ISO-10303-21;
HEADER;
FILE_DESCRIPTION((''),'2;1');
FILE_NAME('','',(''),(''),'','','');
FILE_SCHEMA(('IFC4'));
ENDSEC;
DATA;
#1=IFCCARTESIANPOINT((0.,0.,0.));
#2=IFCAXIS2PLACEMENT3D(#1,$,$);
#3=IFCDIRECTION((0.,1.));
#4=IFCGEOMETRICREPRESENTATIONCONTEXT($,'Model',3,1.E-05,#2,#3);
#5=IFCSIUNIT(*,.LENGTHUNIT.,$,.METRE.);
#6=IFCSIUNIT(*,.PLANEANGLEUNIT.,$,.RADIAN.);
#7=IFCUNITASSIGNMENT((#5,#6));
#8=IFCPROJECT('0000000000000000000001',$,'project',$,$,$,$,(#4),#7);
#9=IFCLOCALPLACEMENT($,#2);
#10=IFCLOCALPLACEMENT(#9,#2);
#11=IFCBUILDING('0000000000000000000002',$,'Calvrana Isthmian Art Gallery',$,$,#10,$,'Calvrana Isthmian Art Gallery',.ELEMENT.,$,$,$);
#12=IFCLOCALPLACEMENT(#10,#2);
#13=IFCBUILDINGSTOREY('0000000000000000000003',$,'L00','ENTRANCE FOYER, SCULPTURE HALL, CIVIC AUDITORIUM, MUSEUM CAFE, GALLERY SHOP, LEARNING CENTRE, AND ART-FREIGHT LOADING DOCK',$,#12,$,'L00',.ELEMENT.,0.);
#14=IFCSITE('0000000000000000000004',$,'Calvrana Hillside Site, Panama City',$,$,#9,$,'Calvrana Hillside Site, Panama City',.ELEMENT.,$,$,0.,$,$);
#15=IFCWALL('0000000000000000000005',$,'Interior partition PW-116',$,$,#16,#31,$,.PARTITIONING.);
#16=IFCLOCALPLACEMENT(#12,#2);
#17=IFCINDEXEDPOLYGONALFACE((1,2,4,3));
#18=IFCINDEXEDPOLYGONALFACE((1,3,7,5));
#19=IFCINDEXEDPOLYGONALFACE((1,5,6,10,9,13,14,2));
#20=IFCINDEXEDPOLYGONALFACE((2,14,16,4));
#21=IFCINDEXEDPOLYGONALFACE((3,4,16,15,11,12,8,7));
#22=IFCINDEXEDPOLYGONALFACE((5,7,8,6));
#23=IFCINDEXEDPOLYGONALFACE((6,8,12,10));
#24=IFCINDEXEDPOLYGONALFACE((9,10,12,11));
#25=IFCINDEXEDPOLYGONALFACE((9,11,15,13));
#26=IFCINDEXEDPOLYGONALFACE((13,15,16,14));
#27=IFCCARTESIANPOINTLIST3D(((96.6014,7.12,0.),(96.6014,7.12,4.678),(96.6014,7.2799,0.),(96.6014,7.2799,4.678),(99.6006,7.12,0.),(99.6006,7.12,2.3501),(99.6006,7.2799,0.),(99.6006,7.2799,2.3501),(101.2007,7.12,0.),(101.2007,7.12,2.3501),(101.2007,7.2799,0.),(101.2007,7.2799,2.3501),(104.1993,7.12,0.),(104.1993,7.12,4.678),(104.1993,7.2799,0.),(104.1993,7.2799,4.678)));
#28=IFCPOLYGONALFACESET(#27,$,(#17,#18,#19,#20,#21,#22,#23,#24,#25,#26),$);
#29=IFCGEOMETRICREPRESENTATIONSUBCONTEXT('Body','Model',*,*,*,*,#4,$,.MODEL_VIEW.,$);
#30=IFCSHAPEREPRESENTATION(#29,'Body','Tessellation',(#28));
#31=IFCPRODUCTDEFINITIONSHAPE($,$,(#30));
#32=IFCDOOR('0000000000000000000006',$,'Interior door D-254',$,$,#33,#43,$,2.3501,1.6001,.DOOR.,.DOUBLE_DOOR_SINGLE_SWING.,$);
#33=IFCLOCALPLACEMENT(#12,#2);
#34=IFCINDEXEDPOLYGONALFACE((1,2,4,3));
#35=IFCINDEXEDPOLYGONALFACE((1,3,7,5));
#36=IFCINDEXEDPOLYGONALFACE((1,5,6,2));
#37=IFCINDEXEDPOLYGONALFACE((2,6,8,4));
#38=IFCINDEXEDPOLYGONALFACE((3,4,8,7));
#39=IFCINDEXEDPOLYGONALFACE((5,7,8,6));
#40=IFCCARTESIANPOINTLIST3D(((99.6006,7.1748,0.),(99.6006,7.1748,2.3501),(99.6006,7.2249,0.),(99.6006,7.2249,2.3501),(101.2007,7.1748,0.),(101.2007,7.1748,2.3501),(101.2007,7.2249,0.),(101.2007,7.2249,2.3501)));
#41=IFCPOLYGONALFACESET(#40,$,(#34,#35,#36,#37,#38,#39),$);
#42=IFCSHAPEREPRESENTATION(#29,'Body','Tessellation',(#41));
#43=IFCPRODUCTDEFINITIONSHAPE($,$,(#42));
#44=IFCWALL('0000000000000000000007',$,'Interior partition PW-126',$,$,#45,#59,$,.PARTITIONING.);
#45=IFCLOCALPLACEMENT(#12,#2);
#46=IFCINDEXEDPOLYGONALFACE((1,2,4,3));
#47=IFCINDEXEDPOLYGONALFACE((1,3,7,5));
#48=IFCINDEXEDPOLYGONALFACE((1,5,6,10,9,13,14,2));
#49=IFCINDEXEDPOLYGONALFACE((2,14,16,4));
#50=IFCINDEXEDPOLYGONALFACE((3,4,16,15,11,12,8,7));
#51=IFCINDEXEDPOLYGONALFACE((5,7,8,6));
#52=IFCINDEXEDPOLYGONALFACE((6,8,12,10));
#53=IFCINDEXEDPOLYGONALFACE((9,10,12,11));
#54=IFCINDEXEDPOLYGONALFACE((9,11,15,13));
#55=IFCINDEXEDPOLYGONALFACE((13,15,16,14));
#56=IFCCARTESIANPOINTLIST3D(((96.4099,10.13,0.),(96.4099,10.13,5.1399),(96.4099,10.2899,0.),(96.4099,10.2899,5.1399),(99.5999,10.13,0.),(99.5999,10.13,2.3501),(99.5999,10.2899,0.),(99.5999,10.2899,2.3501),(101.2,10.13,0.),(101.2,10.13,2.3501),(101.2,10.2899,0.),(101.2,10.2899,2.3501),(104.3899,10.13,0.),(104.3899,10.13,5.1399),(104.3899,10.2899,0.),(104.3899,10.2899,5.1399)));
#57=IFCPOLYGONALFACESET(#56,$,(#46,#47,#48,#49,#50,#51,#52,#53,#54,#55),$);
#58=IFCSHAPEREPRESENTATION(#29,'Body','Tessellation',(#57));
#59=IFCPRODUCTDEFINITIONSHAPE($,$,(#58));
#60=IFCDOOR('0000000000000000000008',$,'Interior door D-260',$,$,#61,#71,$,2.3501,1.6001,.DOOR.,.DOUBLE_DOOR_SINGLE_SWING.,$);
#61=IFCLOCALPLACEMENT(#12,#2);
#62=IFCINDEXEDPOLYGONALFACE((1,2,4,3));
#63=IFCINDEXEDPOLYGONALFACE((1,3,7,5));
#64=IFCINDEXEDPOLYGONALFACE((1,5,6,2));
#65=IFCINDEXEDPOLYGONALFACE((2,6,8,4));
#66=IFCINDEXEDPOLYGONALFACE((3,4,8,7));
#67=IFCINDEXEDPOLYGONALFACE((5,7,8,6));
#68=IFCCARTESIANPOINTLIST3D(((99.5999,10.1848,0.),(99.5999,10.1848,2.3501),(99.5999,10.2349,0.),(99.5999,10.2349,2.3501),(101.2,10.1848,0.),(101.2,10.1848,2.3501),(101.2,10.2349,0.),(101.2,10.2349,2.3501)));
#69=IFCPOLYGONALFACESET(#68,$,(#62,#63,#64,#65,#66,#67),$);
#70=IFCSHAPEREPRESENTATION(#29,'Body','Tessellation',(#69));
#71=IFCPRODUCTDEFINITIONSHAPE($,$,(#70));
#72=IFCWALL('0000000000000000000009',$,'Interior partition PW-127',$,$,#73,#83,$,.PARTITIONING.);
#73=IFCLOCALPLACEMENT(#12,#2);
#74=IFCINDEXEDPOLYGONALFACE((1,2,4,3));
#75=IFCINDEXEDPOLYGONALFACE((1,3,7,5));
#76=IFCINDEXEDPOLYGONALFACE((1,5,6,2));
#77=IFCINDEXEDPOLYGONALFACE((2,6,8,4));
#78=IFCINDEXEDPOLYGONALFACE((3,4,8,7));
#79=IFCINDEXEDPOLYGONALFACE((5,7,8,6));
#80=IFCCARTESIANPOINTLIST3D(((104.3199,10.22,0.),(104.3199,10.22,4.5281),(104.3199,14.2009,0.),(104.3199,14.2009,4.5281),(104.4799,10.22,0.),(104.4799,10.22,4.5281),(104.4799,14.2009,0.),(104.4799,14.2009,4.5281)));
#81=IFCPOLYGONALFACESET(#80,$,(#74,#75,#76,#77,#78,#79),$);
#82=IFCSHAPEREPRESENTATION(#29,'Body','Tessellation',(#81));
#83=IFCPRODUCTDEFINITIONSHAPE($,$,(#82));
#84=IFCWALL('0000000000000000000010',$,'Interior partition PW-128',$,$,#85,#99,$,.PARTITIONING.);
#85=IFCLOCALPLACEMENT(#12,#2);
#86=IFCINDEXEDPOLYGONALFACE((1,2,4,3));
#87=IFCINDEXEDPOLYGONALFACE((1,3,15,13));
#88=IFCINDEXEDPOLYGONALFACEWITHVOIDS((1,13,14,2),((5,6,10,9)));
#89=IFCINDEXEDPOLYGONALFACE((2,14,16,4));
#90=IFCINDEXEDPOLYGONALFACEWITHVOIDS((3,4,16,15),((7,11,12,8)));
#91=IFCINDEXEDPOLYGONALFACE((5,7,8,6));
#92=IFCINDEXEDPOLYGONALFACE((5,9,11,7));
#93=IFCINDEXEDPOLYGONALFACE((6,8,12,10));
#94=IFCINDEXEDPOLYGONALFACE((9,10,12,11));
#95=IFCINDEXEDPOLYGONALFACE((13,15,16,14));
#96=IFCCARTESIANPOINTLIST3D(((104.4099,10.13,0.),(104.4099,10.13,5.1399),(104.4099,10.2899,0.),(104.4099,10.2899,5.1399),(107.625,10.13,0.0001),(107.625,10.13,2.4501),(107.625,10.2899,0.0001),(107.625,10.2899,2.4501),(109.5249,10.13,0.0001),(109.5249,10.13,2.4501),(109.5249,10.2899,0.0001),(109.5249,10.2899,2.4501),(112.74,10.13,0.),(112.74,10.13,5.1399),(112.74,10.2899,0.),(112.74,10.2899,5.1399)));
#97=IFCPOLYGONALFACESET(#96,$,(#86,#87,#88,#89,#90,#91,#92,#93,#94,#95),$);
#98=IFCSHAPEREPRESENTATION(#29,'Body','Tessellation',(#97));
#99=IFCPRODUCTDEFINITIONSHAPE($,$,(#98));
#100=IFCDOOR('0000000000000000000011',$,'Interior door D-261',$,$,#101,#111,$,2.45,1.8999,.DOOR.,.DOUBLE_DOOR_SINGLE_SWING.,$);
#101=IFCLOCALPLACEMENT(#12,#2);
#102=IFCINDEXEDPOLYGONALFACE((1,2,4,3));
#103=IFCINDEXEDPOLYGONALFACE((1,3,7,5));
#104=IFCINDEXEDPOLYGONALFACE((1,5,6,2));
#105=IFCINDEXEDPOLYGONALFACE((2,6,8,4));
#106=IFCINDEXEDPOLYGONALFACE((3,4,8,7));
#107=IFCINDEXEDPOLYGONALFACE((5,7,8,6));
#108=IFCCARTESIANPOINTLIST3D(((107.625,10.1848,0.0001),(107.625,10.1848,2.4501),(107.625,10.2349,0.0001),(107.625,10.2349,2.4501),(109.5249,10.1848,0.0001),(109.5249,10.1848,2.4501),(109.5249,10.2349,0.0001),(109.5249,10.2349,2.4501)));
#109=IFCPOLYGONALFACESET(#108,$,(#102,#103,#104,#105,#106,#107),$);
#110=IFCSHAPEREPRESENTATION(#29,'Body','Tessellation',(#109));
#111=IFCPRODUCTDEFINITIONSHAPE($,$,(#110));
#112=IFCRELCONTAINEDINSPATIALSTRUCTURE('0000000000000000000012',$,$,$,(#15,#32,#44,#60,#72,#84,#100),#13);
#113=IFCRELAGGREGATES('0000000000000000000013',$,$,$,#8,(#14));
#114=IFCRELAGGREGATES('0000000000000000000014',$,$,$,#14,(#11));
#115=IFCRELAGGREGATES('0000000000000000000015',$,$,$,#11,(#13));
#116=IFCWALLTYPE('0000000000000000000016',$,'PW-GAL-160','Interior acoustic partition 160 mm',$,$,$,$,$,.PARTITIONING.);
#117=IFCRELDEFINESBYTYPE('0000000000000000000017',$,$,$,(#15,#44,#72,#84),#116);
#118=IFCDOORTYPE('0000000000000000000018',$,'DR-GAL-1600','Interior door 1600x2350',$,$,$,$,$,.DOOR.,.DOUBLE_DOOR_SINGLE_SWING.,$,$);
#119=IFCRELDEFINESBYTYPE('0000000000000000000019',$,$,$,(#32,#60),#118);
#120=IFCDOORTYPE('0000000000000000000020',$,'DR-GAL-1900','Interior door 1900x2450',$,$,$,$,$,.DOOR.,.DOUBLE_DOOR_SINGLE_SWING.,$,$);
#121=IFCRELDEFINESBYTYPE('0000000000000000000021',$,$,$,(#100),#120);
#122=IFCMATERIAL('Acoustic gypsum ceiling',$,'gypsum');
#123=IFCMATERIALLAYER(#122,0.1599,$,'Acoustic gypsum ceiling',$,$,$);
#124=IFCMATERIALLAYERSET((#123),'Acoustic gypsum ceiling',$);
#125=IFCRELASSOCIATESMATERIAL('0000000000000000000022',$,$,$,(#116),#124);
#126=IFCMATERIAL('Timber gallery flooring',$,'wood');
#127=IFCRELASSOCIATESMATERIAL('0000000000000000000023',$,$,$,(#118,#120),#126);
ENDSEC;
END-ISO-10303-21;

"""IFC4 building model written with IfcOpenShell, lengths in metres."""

from ifc_helpers import new_model, si_unit, direction, frame, frame_2d, origin, place, context, subcontext, project, spatial, rectangle, extrude, material, layer, layer_set, type_object, element, fill, save


model = new_model("IFC4")

# Units and contexts
model_context = context("Model", 3, precision=1e-05, world=origin(), true_north=direction((0.0, 1.0)))
body_context = subcontext(model_context, "Body", "Model", "MODEL_VIEW")
ifc_project = project(units=[si_unit("LENGTHUNIT", "METRE"), si_unit("PLANEANGLEUNIT", "RADIAN")], contexts=[model_context])

# Site, building, storey
site_placement = place(None, origin())
site = spatial("IfcSite", under=ifc_project, at=site_placement, Name="Calvrana Hillside Site, Panama City", LongName="Calvrana Hillside Site, Panama City", CompositionType="ELEMENT", RefElevation=0.0)
building_placement = place(site_placement, origin())
building = spatial("IfcBuilding", under=site, at=building_placement, Name="Calvrana Isthmian Art Gallery", LongName="Calvrana Isthmian Art Gallery", CompositionType="ELEMENT")
storey_placement = place(building_placement, origin())
storey = spatial("IfcBuildingStorey", under=building, at=storey_placement, Name="L00", Description="ENTRANCE FOYER, SCULPTURE HALL, CIVIC AUDITORIUM, MUSEUM CAFE, GALLERY SHOP, LEARNING CENTRE, AND ART-FREIGHT LOADING DOCK", LongName="L00", CompositionType="ELEMENT", Elevation=0.0)

# Walls, openings, doors
ifc_material_1 = material(Name="Acoustic gypsum ceiling", Category="gypsum")
ifc_layer_1 = layer(ifc_material_1, 0.1599, Name="Acoustic gypsum ceiling")
ifc_layer_set_1 = layer_set([ifc_layer_1], Name="Acoustic gypsum ceiling")
wall_type = type_object("IfcWallType", Name="PW-GAL-160", Description="Interior acoustic partition 160 mm", PredefinedType="PARTITIONING", material=ifc_layer_set_1)
wall_1_placement = place(storey_placement, frame((96.6016, 7.2, 0.0), z_axis=(0.0, 0.0, 1.0), x_axis=(1.0, 0.0, 0.0)))
wall_1 = element("IfcWall", 1, at=wall_1_placement, inside=storey, type_object=wall_type, Name="Interior partition PW-116", PredefinedType="PARTITIONING", context=body_context, shape_type="SweptSolid", body=[
    extrude(rectangle(XDim=7.5979, YDim=0.1599, at=frame_2d((3.7988, 0.0))), origin(), (0.0, 0.0, 1.0), 4.678),
])
opening_1_placement = place(wall_1_placement, frame((2.999, 0.0, 0.0)))
opening_1 = element("IfcOpeningElement", 2, at=opening_1_placement, cuts=wall_1, PredefinedType="OPENING", context=body_context, shape_type="SweptSolid", body=[
    extrude(rectangle(XDim=1.6001, YDim=2.3501, at=frame_2d((0.8, 1.175))), frame((0.0, 0.0903, 0.0), z_axis=(0.0, -1.0, 0.0), x_axis=(1.0, 0.0, 0.0)), (0.0, 0.0, 1.0), 0.1804),
])
ifc_material_2 = material(Name="Timber gallery flooring", Category="wood")
door_type_1 = type_object("IfcDoorType", Name="DR-GAL-1600", Description="Interior door 1600x2350", OperationType="DOUBLE_DOOR_SINGLE_SWING", PredefinedType="DOOR", material=ifc_material_2)
door_1_placement = place(opening_1_placement, origin())
door_1 = element("IfcDoor", 3, at=door_1_placement, inside=storey, type_object=door_type_1, Name="Interior door D-254", OperationType="DOUBLE_DOOR_SINGLE_SWING", OverallHeight=2.3501, OverallWidth=1.6001, PredefinedType="DOOR", context=body_context, shape_type="SweptSolid", body=[
    extrude(rectangle(XDim=1.6001, YDim=2.3501, at=frame_2d((0.8, 1.175))), frame((0.0, 0.0249, 0.0), z_axis=(0.0, -1.0, 0.0), x_axis=(1.0, 0.0, 0.0)), (0.0, 0.0, 1.0), 0.05),
])
fill(opening_1, door_1)
wall_2_placement = place(storey_placement, frame((96.4099, 10.21, 0.0), z_axis=(0.0, 0.0, 1.0), x_axis=(1.0, 0.0, 0.0)))
wall_2 = element("IfcWall", 4, at=wall_2_placement, inside=storey, type_object=wall_type, Name="Interior partition PW-126", PredefinedType="PARTITIONING", context=body_context, shape_type="SweptSolid", body=[
    extrude(rectangle(XDim=7.98, YDim=0.1599, at=frame_2d((3.99, 0.0))), origin(), (0.0, 0.0, 1.0), 5.1399),
])
opening_2_placement = place(wall_2_placement, frame((3.1899, 0.0, 0.0)))
opening_2 = element("IfcOpeningElement", 5, at=opening_2_placement, cuts=wall_2, PredefinedType="OPENING", context=body_context, shape_type="SweptSolid", body=[
    extrude(rectangle(XDim=1.6001, YDim=2.3501, at=frame_2d((0.8, 1.175))), frame((0.0, 0.0903, 0.0), z_axis=(0.0, -1.0, 0.0), x_axis=(1.0, 0.0, 0.0)), (0.0, 0.0, 1.0), 0.1804),
])
door_2_placement = place(opening_2_placement, origin())
door_2 = element("IfcDoor", 6, at=door_2_placement, inside=storey, type_object=door_type_1, Name="Interior door D-260", OperationType="DOUBLE_DOOR_SINGLE_SWING", OverallHeight=2.3501, OverallWidth=1.6001, PredefinedType="DOOR", context=body_context, shape_type="SweptSolid", body=[
    extrude(rectangle(XDim=1.6001, YDim=2.3501, at=frame_2d((0.8, 1.175))), frame((0.0, 0.0249, 0.0), z_axis=(0.0, -1.0, 0.0), x_axis=(1.0, 0.0, 0.0)), (0.0, 0.0, 1.0), 0.05),
])
fill(opening_2, door_2)

# Wall
wall_3_placement = place(storey_placement, frame((104.3999, 10.22, 0.0), z_axis=(0.0, 0.0, 1.0), x_axis=(0.0, 1.0, 0.0)))
element("IfcWall", 7, at=wall_3_placement, inside=storey, type_object=wall_type, Name="Interior partition PW-127", PredefinedType="PARTITIONING", context=body_context, shape_type="SweptSolid", body=[
    extrude(rectangle(XDim=3.981, YDim=0.1599, at=frame_2d((1.9905, 0.0))), origin(), (0.0, 0.0, 1.0), 4.5281),
])

# Wall, opening, door
wall_4_placement = place(storey_placement, frame((104.4099, 10.21, 0.0), z_axis=(0.0, 0.0, 1.0), x_axis=(1.0, 0.0, 0.0)))
wall_4 = element("IfcWall", 8, at=wall_4_placement, inside=storey, type_object=wall_type, Name="Interior partition PW-128", PredefinedType="PARTITIONING", context=body_context, shape_type="SweptSolid", body=[
    extrude(rectangle(XDim=8.3301, YDim=0.1599, at=frame_2d((4.165, 0.0))), origin(), (0.0, 0.0, 1.0), 5.1399),
])
opening_3_placement = place(wall_4_placement, frame((3.2151, 0.0, 0.0)))
opening_3 = element("IfcOpeningElement", 9, at=opening_3_placement, cuts=wall_4, PredefinedType="OPENING", context=body_context, shape_type="SweptSolid", body=[
    extrude(rectangle(XDim=1.8999, YDim=2.45, at=frame_2d((0.95, 1.2251))), frame((0.0, 0.0903, 0.0), z_axis=(0.0, -1.0, 0.0), x_axis=(1.0, 0.0, 0.0)), (0.0, 0.0, 1.0), 0.1804),
])
door_type_2 = type_object("IfcDoorType", Name="DR-GAL-1900", Description="Interior door 1900x2450", OperationType="DOUBLE_DOOR_SINGLE_SWING", PredefinedType="DOOR", material=ifc_material_2)
door_3_placement = place(opening_3_placement, origin())
door_3 = element("IfcDoor", 10, at=door_3_placement, inside=storey, type_object=door_type_2, Name="Interior door D-261", OperationType="DOUBLE_DOOR_SINGLE_SWING", OverallHeight=2.45, OverallWidth=1.8999, PredefinedType="DOOR", context=body_context, shape_type="SweptSolid", body=[
    extrude(rectangle(XDim=1.8999, YDim=2.45, at=frame_2d((0.95, 1.2251))), frame((0.0, 0.0249, 0.0), z_axis=(0.0, -1.0, 0.0), x_axis=(1.0, 0.0, 0.0)), (0.0, 0.0, 1.0), 0.05),
])
fill(opening_3, door_3)

save(model, "model.ifc")
